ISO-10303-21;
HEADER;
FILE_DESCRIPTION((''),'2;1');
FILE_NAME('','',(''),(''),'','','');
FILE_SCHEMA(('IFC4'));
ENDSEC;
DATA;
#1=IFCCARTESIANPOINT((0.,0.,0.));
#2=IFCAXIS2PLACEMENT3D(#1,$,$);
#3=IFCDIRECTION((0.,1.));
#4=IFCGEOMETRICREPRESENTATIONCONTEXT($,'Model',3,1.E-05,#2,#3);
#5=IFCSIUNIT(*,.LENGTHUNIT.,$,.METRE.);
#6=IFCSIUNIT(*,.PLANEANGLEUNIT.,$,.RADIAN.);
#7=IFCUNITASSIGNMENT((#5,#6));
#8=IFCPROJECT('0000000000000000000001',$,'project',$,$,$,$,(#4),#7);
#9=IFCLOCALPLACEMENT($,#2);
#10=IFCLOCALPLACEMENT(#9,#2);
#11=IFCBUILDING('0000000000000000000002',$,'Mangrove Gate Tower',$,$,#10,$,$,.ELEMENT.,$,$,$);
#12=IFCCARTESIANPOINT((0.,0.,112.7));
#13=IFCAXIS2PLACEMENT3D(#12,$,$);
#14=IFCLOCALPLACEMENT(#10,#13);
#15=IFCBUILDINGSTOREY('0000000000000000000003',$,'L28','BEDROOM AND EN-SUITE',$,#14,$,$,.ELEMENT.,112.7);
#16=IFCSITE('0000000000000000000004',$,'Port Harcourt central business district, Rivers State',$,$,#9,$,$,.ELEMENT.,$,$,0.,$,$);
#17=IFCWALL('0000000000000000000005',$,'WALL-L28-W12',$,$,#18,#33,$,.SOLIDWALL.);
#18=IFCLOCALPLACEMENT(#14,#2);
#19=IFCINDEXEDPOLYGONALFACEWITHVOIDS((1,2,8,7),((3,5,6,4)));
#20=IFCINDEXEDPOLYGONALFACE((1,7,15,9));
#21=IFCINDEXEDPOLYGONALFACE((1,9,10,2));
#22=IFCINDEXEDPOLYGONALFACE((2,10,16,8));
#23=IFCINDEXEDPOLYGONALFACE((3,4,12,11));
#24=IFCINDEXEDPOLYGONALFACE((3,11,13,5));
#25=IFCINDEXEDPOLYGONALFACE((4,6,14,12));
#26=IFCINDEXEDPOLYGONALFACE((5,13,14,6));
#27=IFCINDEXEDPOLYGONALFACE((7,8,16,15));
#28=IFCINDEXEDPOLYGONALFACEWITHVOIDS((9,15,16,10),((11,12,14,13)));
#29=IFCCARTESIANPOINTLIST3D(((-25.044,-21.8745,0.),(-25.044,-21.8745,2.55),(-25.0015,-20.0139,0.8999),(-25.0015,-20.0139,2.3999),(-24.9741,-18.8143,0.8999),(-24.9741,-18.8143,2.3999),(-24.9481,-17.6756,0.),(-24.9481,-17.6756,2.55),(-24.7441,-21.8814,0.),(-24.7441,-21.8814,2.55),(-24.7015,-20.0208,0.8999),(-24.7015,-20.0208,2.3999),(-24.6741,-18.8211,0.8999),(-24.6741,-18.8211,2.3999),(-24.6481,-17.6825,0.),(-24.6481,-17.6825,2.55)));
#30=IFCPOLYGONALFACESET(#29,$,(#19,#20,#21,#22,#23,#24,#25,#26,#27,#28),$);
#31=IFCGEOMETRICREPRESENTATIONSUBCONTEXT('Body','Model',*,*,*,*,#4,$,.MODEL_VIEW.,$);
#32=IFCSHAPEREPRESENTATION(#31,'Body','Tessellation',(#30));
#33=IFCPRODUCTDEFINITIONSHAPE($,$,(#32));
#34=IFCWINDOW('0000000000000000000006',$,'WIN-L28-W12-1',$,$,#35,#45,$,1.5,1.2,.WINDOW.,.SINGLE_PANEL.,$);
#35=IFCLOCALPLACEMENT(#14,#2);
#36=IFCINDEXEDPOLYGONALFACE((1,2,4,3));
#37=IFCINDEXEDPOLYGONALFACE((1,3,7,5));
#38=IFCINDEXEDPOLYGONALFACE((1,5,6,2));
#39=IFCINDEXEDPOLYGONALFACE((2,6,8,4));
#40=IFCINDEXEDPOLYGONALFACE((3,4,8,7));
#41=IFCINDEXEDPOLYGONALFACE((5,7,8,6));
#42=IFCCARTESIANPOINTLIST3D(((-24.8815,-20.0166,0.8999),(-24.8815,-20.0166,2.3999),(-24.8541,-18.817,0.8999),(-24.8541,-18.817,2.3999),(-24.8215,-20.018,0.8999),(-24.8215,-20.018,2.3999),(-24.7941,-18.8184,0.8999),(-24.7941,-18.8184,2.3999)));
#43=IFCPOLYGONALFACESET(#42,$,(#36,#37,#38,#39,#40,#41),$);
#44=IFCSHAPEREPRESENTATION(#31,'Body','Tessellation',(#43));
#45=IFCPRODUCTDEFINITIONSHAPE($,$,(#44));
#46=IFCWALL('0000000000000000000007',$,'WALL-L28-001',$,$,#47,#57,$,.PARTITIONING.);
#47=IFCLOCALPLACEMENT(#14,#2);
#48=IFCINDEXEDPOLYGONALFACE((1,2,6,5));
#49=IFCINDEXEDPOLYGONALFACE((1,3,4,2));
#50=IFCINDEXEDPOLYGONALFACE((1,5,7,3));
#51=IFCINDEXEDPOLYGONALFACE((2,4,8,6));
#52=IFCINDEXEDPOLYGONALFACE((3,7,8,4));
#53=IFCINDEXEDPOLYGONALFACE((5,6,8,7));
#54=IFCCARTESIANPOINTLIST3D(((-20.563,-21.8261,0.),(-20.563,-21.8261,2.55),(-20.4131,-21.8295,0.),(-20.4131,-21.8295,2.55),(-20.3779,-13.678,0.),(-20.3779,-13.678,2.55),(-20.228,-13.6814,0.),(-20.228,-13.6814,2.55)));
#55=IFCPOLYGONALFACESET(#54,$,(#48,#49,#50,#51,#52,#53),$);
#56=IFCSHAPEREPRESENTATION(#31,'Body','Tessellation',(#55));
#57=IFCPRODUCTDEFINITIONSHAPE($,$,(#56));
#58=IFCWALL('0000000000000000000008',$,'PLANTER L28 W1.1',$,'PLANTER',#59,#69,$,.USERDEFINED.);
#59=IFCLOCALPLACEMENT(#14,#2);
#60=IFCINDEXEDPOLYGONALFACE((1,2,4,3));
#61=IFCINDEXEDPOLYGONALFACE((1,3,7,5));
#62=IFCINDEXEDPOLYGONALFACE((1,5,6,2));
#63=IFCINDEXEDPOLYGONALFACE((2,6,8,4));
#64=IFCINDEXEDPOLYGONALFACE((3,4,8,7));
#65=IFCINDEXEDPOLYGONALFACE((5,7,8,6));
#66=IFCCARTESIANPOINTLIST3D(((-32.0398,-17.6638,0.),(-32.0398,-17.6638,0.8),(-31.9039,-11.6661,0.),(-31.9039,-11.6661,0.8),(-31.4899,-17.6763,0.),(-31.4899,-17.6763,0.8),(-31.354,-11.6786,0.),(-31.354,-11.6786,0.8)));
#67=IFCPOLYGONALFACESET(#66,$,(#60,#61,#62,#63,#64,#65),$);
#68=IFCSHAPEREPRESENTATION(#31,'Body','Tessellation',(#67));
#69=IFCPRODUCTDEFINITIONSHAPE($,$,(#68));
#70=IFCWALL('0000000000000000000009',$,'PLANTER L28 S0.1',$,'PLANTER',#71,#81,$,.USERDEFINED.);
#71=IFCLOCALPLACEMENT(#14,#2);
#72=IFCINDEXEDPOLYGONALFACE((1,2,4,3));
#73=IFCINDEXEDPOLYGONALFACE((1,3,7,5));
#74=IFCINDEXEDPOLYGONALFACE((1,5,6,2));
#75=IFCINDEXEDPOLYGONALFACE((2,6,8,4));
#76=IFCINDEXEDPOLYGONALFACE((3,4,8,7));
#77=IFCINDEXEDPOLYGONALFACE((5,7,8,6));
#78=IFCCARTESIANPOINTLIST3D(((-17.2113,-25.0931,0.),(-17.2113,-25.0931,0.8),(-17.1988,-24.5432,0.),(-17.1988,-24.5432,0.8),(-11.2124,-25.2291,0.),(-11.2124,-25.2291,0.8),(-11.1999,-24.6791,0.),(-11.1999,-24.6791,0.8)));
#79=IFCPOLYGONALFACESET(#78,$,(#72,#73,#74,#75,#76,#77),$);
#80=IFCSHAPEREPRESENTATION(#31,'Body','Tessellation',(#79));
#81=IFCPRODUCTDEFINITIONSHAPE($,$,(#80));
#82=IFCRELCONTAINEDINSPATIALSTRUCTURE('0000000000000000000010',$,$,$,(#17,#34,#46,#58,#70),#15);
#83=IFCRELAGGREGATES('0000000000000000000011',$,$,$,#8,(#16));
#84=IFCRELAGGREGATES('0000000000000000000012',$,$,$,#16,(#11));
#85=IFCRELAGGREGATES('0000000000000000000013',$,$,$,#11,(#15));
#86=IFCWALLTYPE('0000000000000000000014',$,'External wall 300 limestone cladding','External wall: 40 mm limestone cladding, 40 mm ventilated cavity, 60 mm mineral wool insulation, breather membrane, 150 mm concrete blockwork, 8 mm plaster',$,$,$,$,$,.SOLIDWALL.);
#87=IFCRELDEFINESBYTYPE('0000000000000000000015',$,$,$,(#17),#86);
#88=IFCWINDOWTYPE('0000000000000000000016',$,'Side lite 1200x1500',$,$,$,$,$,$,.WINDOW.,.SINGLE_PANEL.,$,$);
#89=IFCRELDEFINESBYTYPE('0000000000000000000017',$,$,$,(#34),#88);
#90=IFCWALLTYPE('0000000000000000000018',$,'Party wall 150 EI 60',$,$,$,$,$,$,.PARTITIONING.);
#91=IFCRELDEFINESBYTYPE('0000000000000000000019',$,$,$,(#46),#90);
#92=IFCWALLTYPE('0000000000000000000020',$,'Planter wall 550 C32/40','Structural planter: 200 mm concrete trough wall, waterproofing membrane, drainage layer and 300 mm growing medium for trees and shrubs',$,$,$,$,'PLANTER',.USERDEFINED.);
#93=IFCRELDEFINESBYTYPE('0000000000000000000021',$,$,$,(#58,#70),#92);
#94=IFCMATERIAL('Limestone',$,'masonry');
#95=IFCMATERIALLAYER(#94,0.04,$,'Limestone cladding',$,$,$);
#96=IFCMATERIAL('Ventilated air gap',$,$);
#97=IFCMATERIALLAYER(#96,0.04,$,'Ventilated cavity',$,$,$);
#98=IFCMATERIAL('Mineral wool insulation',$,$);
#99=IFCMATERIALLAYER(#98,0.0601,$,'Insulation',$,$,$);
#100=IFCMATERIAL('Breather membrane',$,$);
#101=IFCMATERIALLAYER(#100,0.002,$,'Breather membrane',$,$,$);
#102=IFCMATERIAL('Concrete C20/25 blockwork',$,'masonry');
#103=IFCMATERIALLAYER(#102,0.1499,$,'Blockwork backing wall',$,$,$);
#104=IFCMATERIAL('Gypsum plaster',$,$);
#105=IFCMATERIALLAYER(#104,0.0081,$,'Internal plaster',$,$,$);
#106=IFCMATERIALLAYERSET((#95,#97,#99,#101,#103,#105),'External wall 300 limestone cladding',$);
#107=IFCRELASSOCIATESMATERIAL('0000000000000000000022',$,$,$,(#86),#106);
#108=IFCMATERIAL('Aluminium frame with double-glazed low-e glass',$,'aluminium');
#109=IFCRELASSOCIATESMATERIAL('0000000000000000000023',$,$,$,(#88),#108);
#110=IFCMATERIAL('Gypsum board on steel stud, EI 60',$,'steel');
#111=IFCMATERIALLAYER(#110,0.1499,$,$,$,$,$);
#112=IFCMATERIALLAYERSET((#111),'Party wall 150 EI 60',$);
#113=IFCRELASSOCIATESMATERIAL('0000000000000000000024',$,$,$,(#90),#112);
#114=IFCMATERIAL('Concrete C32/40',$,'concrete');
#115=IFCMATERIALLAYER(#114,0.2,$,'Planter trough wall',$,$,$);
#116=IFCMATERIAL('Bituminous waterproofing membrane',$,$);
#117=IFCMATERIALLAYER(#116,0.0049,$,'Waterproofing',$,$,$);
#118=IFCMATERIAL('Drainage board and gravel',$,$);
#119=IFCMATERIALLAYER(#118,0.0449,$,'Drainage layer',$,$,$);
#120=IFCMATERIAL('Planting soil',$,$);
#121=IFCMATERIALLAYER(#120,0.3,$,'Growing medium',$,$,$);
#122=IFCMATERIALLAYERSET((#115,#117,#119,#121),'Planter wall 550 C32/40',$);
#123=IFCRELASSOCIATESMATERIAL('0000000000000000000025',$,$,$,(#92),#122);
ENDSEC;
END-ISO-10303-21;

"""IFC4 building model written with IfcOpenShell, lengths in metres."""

from ifc_helpers import new_model, si_unit, direction, frame, frame_2d, origin, place, context, subcontext, project, spatial, rectangle, extrude, material, layer, layer_set, type_object, element, fill, save


model = new_model("IFC4")

# Units and contexts
model_context = context("Model", 3, precision=1e-05, world=origin(), true_north=direction((0.0, 1.0)))
body_context = subcontext(model_context, "Body", "Model", "MODEL_VIEW")
ifc_project = project(units=[si_unit("LENGTHUNIT", "METRE"), si_unit("PLANEANGLEUNIT", "RADIAN")], contexts=[model_context])

# Site, building, storey
site_placement = place(None, origin())
site = spatial("IfcSite", under=ifc_project, at=site_placement, Name="Port Harcourt central business district, Rivers State", CompositionType="ELEMENT", RefElevation=0.0)
building_placement = place(site_placement, origin())
building = spatial("IfcBuilding", under=site, at=building_placement, Name="Mangrove Gate Tower", CompositionType="ELEMENT")
storey_placement = place(building_placement, frame((0.0, 0.0, 112.7)))
storey = spatial("IfcBuildingStorey", under=building, at=storey_placement, Name="L28", Description="BEDROOM AND EN-SUITE", CompositionType="ELEMENT", Elevation=112.7)

# Wall, opening, window
ifc_material_1 = material(Name="Limestone", Category="masonry")
ifc_layer_1 = layer(ifc_material_1, 0.04, Name="Limestone cladding")
ifc_material_2 = material(Name="Ventilated air gap")
ifc_layer_2 = layer(ifc_material_2, 0.04, Name="Ventilated cavity")
ifc_material_3 = material(Name="Mineral wool insulation")
ifc_layer_3 = layer(ifc_material_3, 0.0601, Name="Insulation")
ifc_material_4 = material(Name="Breather membrane")
ifc_layer_4 = layer(ifc_material_4, 0.002, Name="Breather membrane")
ifc_material_5 = material(Name="Concrete C20/25 blockwork", Category="masonry")
ifc_layer_5 = layer(ifc_material_5, 0.1499, Name="Blockwork backing wall")
ifc_material_6 = material(Name="Gypsum plaster")
ifc_layer_6 = layer(ifc_material_6, 0.0081, Name="Internal plaster")
ifc_layer_set_1 = layer_set([ifc_layer_1, ifc_layer_2, ifc_layer_3, ifc_layer_4, ifc_layer_5, ifc_layer_6], Name="External wall 300 limestone cladding")
wall_type_1 = type_object("IfcWallType", Name="External wall 300 limestone cladding", Description="External wall: 40 mm limestone cladding, 40 mm ventilated cavity, 60 mm mineral wool insulation, breather membrane, 150 mm concrete blockwork, 8 mm plaster", PredefinedType="SOLIDWALL", material=ifc_layer_set_1)
ifc_material_7 = material(Name="Aluminium frame with double-glazed low-e glass", Category="aluminium")
window_type_1 = type_object("IfcWindowType", Name="Side lite 1200x1500", PartitioningType="SINGLE_PANEL", PredefinedType="WINDOW", material=ifc_material_7)
wall_1_placement = place(storey_placement, frame((-24.7981, -17.679, 0.0), z_axis=(0.0, 0.0, 1.0), x_axis=(-0.022844, -0.999739, 0.0)))
wall_1 = element("IfcWall", 1, at=wall_1_placement, inside=storey, type_object=wall_type_1, Name="WALL-L28-W12", PredefinedType="SOLIDWALL", context=body_context, shape_type="SweptSolid", body=[
    extrude(rectangle(XDim=4.2, YDim=0.3, at=frame_2d((2.1001, 0.0))), origin(), (0.0, 0.0, 1.0), 2.55),
])
opening_1_placement = place(wall_1_placement, frame((1.1389, 0.0, 0.8999)))
opening_1 = element("IfcOpeningElement", 2, at=opening_1_placement, cuts=wall_1, PredefinedType="OPENING", context=body_context, shape_type="SweptSolid", body=[
    extrude(rectangle(XDim=1.2, YDim=1.5, at=frame_2d((0.6001, 0.75))), frame((0.0, 0.1599, 0.0), z_axis=(0.0, -1.0, 0.0), x_axis=(1.0, 0.0, 0.0)), (0.0, 0.0, 1.0), 0.3201),
])
window_1_placement = place(opening_1_placement, origin())
window_1 = element("IfcWindow", 3, at=window_1_placement, inside=storey, type_object=window_type_1, Name="WIN-L28-W12-1", OverallHeight=1.5, OverallWidth=1.2, PartitioningType="SINGLE_PANEL", PredefinedType="WINDOW", context=body_context, shape_type="SweptSolid", body=[
    extrude(rectangle(XDim=1.2, YDim=1.5, at=frame_2d((0.6001, 0.75))), frame((0.0, 0.03, 0.0), z_axis=(0.0, -1.0, 0.0), x_axis=(1.0, 0.0, 0.0)), (0.0, 0.0, 1.0), 0.0601),
])
fill(opening_1, window_1)

# Walls
ifc_material_8 = material(Name="Gypsum board on steel stud, EI 60", Category="steel")
ifc_layer_7 = layer(ifc_material_8, 0.1499)
ifc_layer_set_2 = layer_set([ifc_layer_7], Name="Party wall 150 EI 60")
wall_type_2 = type_object("IfcWallType", Name="Party wall 150 EI 60", PredefinedType="PARTITIONING", material=ifc_layer_set_2)
wall_2_placement = place(storey_placement, frame((-20.488, -21.8279, 0.0), z_axis=(0.0, 0.0, 1.0), x_axis=(0.022706, 0.999742, 0.0)))
element("IfcWall", 4, at=wall_2_placement, inside=storey, type_object=wall_type_2, Name="WALL-L28-001", PredefinedType="PARTITIONING", context=body_context, shape_type="SweptSolid", body=[
    extrude(rectangle(XDim=8.1501, YDim=0.1499, at=frame_2d((4.0752, 0.0))), origin(), (0.0, 0.0, 1.0), 2.55),
])
ifc_material_9 = material(Name="Concrete C32/40", Category="concrete")
ifc_layer_8 = layer(ifc_material_9, 0.2, Name="Planter trough wall")
ifc_material_10 = material(Name="Bituminous waterproofing membrane")
ifc_layer_9 = layer(ifc_material_10, 0.0049, Name="Waterproofing")
ifc_material_11 = material(Name="Drainage board and gravel")
ifc_layer_10 = layer(ifc_material_11, 0.0449, Name="Drainage layer")
ifc_material_12 = material(Name="Planting soil")
ifc_layer_11 = layer(ifc_material_12, 0.3, Name="Growing medium")
ifc_layer_set_3 = layer_set([ifc_layer_8, ifc_layer_9, ifc_layer_10, ifc_layer_11], Name="Planter wall 550 C32/40")
wall_type_3 = type_object("IfcWallType", Name="Planter wall 550 C32/40", Description="Structural planter: 200 mm concrete trough wall, waterproofing membrane, drainage layer and 300 mm growing medium for trees and shrubs", ElementType="PLANTER", PredefinedType="USERDEFINED", material=ifc_layer_set_3)
wall_3_placement = place(storey_placement, frame((-31.7649, -17.6699, 0.0), z_axis=(0.0, 0.0, 1.0), x_axis=(0.022667, 0.999743, 0.0)))
element("IfcWall", 5, at=wall_3_placement, inside=storey, type_object=wall_type_3, Name="PLANTER L28 W1.1", ObjectType="PLANTER", PredefinedType="USERDEFINED", context=body_context, shape_type="SweptSolid", body=[
    extrude(rectangle(XDim=5.9993, YDim=0.55, at=frame_2d((2.9995, 0.0))), origin(), (0.0, 0.0, 1.0), 0.8),
])
wall_4_placement = place(storey_placement, frame((-17.2051, -24.8181, 0.0), z_axis=(0.0, 0.0, 1.0), x_axis=(0.999743, -0.022662, 0.0)))
element("IfcWall", 6, at=wall_4_placement, inside=storey, type_object=wall_type_3, Name="PLANTER L28 S0.1", ObjectType="PLANTER", PredefinedType="USERDEFINED", context=body_context, shape_type="SweptSolid", body=[
    extrude(rectangle(XDim=6.0005, YDim=0.55, at=frame_2d((3.0002, 0.0))), origin(), (0.0, 0.0, 1.0), 0.8),
])

save(model, "model.ifc")
